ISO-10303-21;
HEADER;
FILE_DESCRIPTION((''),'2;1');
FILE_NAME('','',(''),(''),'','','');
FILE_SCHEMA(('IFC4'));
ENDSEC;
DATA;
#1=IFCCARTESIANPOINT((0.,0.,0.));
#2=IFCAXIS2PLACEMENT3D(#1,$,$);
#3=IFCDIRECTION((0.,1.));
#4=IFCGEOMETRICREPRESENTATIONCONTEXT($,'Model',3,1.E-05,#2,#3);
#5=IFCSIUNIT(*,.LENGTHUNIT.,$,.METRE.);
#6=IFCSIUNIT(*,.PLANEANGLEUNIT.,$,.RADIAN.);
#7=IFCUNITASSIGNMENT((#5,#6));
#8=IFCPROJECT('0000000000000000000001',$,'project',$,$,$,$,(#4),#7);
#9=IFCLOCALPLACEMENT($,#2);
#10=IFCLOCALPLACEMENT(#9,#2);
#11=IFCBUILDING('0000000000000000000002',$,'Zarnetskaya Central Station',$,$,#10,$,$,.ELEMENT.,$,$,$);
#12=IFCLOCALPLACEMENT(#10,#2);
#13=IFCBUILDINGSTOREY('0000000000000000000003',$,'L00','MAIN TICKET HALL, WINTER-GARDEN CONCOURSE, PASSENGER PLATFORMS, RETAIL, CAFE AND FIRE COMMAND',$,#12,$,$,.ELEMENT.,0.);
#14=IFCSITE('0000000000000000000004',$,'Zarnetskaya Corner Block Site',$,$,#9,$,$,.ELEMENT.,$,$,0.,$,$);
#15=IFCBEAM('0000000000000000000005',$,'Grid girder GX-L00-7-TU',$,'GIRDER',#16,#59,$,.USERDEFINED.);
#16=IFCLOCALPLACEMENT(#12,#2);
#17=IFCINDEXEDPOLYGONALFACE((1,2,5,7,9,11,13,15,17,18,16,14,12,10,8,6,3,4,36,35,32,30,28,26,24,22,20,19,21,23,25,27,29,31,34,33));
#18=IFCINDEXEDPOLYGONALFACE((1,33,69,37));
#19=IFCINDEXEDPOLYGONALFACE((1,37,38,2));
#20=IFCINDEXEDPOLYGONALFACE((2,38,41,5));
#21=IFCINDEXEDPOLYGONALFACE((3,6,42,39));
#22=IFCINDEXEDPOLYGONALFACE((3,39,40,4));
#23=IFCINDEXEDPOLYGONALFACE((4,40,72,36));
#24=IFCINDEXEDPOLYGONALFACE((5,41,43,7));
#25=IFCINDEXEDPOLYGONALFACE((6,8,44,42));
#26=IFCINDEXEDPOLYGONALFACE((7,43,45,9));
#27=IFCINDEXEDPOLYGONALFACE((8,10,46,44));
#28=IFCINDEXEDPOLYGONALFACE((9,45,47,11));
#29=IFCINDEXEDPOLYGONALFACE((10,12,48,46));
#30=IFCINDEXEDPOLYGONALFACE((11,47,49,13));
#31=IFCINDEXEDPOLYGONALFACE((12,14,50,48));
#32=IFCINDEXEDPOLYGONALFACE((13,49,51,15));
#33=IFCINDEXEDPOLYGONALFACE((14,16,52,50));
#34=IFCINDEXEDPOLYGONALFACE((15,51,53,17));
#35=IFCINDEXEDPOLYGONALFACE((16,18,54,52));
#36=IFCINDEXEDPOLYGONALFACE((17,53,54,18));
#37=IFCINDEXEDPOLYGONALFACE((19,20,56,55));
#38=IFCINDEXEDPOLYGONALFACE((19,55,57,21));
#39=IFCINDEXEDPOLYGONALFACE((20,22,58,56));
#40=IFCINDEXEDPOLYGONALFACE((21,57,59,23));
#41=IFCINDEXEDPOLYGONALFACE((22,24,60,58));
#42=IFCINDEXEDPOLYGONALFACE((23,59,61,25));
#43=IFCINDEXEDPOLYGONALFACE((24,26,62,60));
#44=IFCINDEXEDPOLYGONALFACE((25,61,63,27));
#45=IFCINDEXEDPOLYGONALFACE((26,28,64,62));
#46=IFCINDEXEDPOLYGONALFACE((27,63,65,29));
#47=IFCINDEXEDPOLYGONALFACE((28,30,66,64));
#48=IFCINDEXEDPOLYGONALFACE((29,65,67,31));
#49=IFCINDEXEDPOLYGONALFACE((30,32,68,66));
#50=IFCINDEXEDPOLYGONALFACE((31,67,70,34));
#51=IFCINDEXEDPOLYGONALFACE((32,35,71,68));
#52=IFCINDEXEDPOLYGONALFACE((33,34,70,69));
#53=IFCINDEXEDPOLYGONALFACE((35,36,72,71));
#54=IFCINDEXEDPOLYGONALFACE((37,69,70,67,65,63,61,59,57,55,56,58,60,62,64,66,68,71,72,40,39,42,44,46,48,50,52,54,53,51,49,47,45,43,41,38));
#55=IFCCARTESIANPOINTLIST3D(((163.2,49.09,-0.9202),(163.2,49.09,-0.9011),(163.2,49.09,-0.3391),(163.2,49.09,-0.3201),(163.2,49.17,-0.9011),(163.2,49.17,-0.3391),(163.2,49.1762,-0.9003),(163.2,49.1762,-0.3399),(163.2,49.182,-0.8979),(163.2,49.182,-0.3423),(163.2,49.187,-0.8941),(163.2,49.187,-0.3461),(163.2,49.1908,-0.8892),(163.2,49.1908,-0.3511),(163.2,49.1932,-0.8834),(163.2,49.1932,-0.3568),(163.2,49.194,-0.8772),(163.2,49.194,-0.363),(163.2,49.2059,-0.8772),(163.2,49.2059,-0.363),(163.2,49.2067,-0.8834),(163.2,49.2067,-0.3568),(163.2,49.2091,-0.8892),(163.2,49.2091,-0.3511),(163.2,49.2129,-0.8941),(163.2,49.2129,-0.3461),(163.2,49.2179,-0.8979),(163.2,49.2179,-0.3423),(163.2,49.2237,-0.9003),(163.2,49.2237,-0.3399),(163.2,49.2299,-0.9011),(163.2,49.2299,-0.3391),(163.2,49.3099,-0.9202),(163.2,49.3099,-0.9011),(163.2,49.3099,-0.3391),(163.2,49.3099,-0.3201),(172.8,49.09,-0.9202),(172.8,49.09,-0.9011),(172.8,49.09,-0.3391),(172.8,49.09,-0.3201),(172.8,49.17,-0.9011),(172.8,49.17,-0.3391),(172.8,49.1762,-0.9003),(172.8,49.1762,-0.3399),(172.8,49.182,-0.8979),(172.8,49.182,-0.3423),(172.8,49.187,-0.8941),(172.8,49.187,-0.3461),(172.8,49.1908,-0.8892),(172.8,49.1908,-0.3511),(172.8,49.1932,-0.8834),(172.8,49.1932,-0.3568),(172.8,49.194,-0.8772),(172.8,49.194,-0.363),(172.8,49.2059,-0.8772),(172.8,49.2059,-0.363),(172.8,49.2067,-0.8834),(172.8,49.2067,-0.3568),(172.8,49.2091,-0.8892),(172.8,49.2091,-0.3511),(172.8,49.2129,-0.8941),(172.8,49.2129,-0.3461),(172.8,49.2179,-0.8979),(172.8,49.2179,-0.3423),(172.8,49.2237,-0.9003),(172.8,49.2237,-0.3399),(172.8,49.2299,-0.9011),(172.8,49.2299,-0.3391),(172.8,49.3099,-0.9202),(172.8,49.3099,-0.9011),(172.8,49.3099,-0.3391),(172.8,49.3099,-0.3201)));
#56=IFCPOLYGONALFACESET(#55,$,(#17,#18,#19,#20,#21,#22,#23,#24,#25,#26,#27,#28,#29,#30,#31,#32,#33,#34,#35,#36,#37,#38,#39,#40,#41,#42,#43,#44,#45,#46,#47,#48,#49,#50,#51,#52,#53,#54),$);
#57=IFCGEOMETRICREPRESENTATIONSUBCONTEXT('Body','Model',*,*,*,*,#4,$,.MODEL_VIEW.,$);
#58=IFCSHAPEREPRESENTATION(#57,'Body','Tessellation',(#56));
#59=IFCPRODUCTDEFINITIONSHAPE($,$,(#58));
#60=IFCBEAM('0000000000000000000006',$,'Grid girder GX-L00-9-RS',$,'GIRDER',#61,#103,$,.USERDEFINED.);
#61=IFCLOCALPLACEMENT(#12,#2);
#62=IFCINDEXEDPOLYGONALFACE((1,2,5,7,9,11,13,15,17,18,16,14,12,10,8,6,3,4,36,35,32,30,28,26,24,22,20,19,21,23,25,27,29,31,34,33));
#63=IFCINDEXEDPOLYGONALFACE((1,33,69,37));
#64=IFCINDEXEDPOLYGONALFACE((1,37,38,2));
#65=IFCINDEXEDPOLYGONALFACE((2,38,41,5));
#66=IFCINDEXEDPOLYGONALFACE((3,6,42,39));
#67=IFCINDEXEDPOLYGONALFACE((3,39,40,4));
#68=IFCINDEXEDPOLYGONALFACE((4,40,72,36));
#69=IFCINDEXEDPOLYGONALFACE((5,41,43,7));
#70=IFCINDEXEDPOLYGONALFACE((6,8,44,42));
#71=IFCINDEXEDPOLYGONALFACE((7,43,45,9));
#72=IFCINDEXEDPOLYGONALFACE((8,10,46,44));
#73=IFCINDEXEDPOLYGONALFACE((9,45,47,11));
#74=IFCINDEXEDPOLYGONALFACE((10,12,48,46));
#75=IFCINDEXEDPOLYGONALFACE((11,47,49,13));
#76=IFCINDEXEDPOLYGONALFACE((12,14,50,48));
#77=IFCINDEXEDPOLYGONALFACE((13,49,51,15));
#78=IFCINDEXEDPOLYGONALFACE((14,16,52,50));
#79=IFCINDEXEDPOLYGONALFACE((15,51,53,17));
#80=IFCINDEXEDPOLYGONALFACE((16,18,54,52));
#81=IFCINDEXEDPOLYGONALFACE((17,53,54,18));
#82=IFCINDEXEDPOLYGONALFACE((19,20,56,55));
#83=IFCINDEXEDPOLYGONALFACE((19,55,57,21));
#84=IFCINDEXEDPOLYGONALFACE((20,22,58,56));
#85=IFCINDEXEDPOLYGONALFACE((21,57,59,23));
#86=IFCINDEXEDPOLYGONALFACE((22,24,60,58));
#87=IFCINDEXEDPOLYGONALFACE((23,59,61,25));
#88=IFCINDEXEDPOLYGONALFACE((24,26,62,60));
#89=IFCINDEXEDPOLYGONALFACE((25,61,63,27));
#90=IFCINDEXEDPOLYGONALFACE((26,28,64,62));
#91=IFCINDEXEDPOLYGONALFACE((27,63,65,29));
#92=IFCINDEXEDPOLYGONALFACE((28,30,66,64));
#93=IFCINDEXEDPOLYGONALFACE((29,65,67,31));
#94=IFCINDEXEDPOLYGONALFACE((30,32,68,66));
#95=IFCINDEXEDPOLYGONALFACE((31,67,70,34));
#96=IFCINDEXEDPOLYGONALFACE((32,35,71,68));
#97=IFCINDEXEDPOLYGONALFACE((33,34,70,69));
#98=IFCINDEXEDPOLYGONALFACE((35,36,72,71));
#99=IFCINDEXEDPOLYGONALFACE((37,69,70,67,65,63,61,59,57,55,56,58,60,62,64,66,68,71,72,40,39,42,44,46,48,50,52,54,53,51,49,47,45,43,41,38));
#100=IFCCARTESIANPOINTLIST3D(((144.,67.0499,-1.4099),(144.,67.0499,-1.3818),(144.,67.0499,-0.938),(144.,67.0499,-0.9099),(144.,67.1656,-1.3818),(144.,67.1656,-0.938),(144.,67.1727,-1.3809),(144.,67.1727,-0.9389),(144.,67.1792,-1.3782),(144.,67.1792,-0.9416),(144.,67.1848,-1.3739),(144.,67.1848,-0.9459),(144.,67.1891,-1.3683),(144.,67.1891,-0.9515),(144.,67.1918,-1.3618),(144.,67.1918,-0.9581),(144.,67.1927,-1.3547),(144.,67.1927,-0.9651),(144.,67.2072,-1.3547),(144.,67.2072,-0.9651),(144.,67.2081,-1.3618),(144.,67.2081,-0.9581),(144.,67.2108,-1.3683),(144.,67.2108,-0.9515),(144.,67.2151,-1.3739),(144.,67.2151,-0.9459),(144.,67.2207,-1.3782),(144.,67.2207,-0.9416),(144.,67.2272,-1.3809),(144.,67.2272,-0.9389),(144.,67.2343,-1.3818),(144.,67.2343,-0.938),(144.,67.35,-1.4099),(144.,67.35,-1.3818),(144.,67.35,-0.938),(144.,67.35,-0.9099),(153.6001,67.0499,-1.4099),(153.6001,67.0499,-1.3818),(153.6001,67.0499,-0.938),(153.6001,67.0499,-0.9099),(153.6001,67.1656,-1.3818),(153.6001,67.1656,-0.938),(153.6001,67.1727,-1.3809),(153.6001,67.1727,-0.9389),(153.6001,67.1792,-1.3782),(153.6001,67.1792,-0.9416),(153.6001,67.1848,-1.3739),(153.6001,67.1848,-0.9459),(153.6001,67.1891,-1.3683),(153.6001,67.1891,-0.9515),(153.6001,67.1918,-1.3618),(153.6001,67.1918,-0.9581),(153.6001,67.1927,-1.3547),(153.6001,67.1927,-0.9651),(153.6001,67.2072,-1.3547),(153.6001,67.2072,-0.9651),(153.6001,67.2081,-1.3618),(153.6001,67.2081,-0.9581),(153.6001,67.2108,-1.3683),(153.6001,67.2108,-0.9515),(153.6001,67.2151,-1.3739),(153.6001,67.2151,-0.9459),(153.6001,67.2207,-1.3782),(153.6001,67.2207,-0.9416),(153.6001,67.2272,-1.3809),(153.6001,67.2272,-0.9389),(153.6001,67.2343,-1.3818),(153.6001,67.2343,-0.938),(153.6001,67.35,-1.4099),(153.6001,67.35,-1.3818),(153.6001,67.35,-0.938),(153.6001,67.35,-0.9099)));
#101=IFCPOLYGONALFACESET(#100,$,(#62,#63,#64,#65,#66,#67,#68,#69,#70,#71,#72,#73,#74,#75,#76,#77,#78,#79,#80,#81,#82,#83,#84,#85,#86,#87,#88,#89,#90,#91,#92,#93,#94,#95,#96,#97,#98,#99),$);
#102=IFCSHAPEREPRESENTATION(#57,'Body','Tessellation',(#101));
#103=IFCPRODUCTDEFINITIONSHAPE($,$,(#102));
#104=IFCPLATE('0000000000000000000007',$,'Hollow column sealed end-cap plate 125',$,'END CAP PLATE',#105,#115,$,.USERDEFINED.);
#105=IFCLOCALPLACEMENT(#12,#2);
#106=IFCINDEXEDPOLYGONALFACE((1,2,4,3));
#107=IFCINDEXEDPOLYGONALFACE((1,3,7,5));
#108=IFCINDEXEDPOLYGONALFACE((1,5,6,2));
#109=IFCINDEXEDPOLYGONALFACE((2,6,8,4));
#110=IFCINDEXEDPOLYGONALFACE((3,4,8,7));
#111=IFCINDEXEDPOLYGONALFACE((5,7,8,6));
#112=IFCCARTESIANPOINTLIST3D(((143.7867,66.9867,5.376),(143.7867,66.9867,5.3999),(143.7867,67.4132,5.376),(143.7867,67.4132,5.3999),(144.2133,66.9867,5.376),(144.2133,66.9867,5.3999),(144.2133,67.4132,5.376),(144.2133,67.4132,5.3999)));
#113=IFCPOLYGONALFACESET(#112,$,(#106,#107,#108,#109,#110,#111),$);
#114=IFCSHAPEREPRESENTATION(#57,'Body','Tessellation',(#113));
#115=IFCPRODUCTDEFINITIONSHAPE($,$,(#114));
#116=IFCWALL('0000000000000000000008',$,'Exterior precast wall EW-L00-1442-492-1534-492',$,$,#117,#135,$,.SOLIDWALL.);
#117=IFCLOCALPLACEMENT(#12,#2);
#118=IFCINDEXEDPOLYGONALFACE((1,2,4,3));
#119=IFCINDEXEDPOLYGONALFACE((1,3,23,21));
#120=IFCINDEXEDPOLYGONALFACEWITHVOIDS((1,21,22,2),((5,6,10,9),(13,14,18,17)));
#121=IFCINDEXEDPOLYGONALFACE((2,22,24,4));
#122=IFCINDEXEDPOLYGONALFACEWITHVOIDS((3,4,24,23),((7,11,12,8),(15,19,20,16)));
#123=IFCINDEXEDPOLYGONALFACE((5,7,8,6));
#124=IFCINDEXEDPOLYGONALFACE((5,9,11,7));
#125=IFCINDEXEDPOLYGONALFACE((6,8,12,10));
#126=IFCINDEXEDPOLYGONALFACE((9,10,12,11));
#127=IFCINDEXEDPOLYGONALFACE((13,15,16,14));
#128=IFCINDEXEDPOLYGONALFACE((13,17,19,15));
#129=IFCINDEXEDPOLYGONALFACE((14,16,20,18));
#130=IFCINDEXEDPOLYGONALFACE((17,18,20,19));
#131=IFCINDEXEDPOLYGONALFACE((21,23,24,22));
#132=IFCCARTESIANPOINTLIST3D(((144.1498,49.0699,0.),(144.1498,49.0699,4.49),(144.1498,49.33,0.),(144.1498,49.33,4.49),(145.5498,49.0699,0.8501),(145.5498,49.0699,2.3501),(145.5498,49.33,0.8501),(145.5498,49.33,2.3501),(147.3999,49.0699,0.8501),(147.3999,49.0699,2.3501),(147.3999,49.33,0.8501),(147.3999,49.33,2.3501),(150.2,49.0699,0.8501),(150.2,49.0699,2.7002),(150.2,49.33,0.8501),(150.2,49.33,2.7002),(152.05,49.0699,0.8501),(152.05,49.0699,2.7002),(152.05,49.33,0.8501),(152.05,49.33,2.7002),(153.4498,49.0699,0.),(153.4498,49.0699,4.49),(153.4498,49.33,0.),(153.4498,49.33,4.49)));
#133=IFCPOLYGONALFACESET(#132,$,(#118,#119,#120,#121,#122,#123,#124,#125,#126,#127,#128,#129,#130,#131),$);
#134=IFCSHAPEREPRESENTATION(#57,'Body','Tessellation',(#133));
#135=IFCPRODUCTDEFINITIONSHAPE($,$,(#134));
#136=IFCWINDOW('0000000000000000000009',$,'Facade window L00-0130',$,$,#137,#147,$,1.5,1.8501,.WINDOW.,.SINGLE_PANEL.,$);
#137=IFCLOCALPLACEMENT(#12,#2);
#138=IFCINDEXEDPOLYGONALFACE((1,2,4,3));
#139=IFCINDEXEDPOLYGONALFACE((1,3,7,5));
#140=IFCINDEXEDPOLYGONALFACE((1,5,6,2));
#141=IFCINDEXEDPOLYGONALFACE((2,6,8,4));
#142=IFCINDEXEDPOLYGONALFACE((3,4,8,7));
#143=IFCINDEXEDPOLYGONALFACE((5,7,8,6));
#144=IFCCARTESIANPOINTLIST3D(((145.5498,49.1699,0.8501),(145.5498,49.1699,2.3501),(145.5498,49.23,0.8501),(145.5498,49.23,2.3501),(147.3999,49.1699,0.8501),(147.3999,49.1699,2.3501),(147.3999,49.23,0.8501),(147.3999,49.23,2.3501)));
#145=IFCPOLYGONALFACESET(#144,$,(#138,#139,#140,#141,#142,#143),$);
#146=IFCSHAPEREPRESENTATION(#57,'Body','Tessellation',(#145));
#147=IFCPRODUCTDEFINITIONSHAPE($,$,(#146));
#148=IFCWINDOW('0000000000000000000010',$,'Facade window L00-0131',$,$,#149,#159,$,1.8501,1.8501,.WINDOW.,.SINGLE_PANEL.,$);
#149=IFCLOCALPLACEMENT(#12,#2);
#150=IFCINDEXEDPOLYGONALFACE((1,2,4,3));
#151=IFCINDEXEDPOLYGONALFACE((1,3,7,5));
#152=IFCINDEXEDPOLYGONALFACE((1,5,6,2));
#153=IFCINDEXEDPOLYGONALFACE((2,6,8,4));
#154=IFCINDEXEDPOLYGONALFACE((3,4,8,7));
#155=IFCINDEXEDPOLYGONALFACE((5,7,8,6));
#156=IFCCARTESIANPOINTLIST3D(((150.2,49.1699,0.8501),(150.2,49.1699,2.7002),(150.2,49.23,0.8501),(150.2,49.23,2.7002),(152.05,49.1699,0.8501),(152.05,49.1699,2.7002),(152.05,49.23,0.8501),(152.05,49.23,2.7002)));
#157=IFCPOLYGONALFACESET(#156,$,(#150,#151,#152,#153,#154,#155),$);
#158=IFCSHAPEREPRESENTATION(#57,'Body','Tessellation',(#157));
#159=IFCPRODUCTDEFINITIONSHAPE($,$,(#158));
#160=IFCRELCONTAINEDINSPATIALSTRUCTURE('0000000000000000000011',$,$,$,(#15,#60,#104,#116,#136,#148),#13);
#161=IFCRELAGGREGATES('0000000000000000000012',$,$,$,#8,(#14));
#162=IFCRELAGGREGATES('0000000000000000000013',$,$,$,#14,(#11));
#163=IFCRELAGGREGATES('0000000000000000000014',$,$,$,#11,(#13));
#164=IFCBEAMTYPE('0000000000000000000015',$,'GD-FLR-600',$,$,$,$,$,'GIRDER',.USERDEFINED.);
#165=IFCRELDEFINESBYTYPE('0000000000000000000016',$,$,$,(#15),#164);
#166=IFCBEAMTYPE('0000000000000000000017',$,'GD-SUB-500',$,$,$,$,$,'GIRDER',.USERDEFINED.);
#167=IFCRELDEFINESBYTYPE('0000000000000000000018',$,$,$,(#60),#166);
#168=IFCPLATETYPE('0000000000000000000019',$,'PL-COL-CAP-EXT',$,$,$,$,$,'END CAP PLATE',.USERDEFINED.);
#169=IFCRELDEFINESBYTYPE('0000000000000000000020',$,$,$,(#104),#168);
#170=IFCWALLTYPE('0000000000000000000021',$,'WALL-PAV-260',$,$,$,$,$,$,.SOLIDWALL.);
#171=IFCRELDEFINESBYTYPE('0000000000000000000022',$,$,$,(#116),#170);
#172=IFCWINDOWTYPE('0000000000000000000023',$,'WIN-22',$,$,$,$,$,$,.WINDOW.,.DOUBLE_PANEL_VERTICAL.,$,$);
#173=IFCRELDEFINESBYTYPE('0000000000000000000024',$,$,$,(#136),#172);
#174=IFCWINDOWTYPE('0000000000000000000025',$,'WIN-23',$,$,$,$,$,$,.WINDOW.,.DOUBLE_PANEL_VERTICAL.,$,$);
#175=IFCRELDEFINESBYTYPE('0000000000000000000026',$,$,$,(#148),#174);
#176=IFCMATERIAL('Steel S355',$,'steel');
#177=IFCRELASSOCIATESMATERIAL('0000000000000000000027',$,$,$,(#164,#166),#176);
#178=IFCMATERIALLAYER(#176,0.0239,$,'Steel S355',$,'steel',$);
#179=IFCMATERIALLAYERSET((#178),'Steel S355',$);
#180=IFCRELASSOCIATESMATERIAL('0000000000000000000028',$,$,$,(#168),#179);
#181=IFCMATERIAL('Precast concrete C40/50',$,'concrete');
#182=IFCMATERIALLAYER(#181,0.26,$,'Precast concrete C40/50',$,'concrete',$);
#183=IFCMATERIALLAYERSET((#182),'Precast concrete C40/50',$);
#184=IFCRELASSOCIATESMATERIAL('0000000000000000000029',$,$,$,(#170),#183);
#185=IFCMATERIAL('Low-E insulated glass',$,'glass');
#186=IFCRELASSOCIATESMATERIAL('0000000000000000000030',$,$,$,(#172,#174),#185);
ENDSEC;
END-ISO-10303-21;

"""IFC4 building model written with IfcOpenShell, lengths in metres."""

from ifc_helpers import new_model, si_unit, direction, frame, frame_2d, origin, origin_2d, place, context, subcontext, project, spatial, rectangle, i_section, extrude, material, layer, layer_set, material_profile, profile_set, type_object, element, fill, save


model = new_model("IFC4")

# Units and contexts
model_context = context("Model", 3, precision=1e-05, world=origin(), true_north=direction((0.0, 1.0)))
body_context = subcontext(model_context, "Body", "Model", "MODEL_VIEW")
ifc_project = project(units=[si_unit("LENGTHUNIT", "METRE"), si_unit("PLANEANGLEUNIT", "RADIAN")], contexts=[model_context])

# Site, building, storey
site_placement = place(None, origin())
site = spatial("IfcSite", under=ifc_project, at=site_placement, Name="Zarnetskaya Corner Block Site", CompositionType="ELEMENT", RefElevation=0.0)
building_placement = place(site_placement, origin())
building = spatial("IfcBuilding", under=site, at=building_placement, Name="Zarnetskaya Central Station", CompositionType="ELEMENT")
storey_placement = place(building_placement, origin())
storey = spatial("IfcBuildingStorey", under=building, at=storey_placement, Name="L00", Description="MAIN TICKET HALL, WINTER-GARDEN CONCOURSE, PASSENGER PLATFORMS, RETAIL, CAFE AND FIRE COMMAND", CompositionType="ELEMENT", Elevation=0.0)

# Shared definitions
ifc_material_1 = material(Name="Steel S355", Category="steel")

# Beams
ifc_material_profile_1 = material_profile(ifc_material_1, i_section(OverallWidth=0.22, OverallDepth=0.6001, WebThickness=0.012, FlangeThickness=0.019, FilletRadius=0.0239, at=origin_2d()), Name="IPE 600")
ifc_profile_set_1 = profile_set([ifc_material_profile_1], Name="Steel S355")
beam_type_1 = type_object("IfcBeamType", Name="GD-FLR-600", ElementType="GIRDER", PredefinedType="USERDEFINED", material=ifc_profile_set_1)
for number, where, z_axis, x_axis, name in (
    (1, (163.2, 49.2, -0.6201), (1.0, 0.0, 0.0), (0.0, 1.0, 0.0), "Grid girder GX-L00-7-TU"),
):
    element("IfcBeam", number, at=place(storey_placement, frame(where, z_axis=z_axis, x_axis=x_axis)), inside=storey, type_object=beam_type_1, Name=name, ObjectType="GIRDER", PredefinedType="USERDEFINED", context=body_context, shape_type="SweptSolid", body=[
        extrude(i_section(OverallWidth=0.22, OverallDepth=0.6001, WebThickness=0.012, FlangeThickness=0.019, FilletRadius=0.0239, at=origin_2d()), origin(), (0.0, 0.0, 1.0), 9.6001),
    ])
ifc_material_profile_2 = material_profile(ifc_material_1, i_section(OverallWidth=0.3, OverallDepth=0.5, WebThickness=0.0144, FlangeThickness=0.0281, FilletRadius=0.0271, at=origin_2d()), Name="HEB 500")
ifc_profile_set_2 = profile_set([ifc_material_profile_2], Name="Steel S355")
beam_type_2 = type_object("IfcBeamType", Name="GD-SUB-500", ElementType="GIRDER", PredefinedType="USERDEFINED", material=ifc_profile_set_2)
beam_1_placement = place(storey_placement, frame((144.0, 67.2, -1.1599), z_axis=(1.0, 0.0, 0.0), x_axis=(0.0, 1.0, 0.0)))
element("IfcBeam", 2, at=beam_1_placement, inside=storey, type_object=beam_type_2, Name="Grid girder GX-L00-9-RS", ObjectType="GIRDER", PredefinedType="USERDEFINED", context=body_context, shape_type="SweptSolid", body=[
    extrude(i_section(OverallWidth=0.3, OverallDepth=0.5, WebThickness=0.0144, FlangeThickness=0.0281, FilletRadius=0.0271, at=origin_2d()), origin(), (0.0, 0.0, 1.0), 9.6001),
])

# Plate
ifc_layer_1 = layer(ifc_material_1, 0.0239, Name="Steel S355", Category="steel")
ifc_layer_set_1 = layer_set([ifc_layer_1], Name="Steel S355")
plate_type = type_object("IfcPlateType", Name="PL-COL-CAP-EXT", ElementType="END CAP PLATE", PredefinedType="USERDEFINED", material=ifc_layer_set_1)
plate_placement = place(storey_placement, frame((144.0, 67.2, 5.376), z_axis=(0.0, 0.0, 1.0), x_axis=(1.0, 0.0, 0.0)))
element("IfcPlate", 3, at=plate_placement, inside=storey, type_object=plate_type, Name="Hollow column sealed end-cap plate 125", ObjectType="END CAP PLATE", PredefinedType="USERDEFINED", context=body_context, shape_type="SweptSolid", body=[
    extrude(rectangle(XDim=0.4265, YDim=0.4265, at=origin_2d()), origin(), (0.0, 0.0, 1.0), 0.0239),
])

# Wall, openings, windows
ifc_material_2 = material(Name="Precast concrete C40/50", Category="concrete")
ifc_layer_2 = layer(ifc_material_2, 0.26, Name="Precast concrete C40/50", Category="concrete")
ifc_layer_set_2 = layer_set([ifc_layer_2], Name="Precast concrete C40/50")
wall_type = type_object("IfcWallType", Name="WALL-PAV-260", PredefinedType="SOLIDWALL", material=ifc_layer_set_2)
wall_1_placement = place(storey_placement, frame((144.1499, 49.2, 0.0), z_axis=(0.0, 0.0, 1.0), x_axis=(1.0, 0.0, 0.0)))
wall_1 = element("IfcWall", 4, at=wall_1_placement, inside=storey, type_object=wall_type, Name="Exterior precast wall EW-L00-1442-492-1534-492", PredefinedType="SOLIDWALL", context=body_context, shape_type="SweptSolid", body=[
    extrude(rectangle(XDim=9.3, YDim=0.26, at=frame_2d((4.6499, 0.0))), origin(), (0.0, 0.0, 1.0), 4.49),
])
opening_1_placement = place(wall_1_placement, frame((1.3999, 0.0, 0.8501)))
opening_1 = element("IfcOpeningElement", 5, at=opening_1_placement, cuts=wall_1, PredefinedType="OPENING", context=body_context, shape_type="SweptSolid", body=[
    extrude(rectangle(XDim=1.8501, YDim=1.5, at=frame_2d((0.925, 0.75))), frame((0.0, 0.1401, 0.0), z_axis=(0.0, -1.0, 0.0), x_axis=(1.0, 0.0, 0.0)), (0.0, 0.0, 1.0), 0.28),
])
opening_2_placement = place(wall_1_placement, frame((6.05, 0.0, 0.8501)))
opening_2 = element("IfcOpeningElement", 6, at=opening_2_placement, cuts=wall_1, PredefinedType="OPENING", context=body_context, shape_type="SweptSolid", body=[
    extrude(rectangle(XDim=1.8501, YDim=1.8501, at=frame_2d((0.925, 0.925))), frame((0.0, 0.1401, 0.0), z_axis=(0.0, -1.0, 0.0), x_axis=(1.0, 0.0, 0.0)), (0.0, 0.0, 1.0), 0.28),
])
ifc_material_3 = material(Name="Low-E insulated glass", Category="glass")
window_type_1 = type_object("IfcWindowType", Name="WIN-22", PartitioningType="DOUBLE_PANEL_VERTICAL", PredefinedType="WINDOW", material=ifc_material_3)
window_1_placement = place(opening_1_placement, origin())
window_1 = element("IfcWindow", 7, at=window_1_placement, inside=storey, type_object=window_type_1, Name="Facade window L00-0130", OverallHeight=1.5, OverallWidth=1.8501, PartitioningType="SINGLE_PANEL", PredefinedType="WINDOW", context=body_context, shape_type="SweptSolid", body=[
    extrude(rectangle(XDim=1.8501, YDim=1.5, at=frame_2d((0.925, 0.75))), frame((0.0, 0.03, 0.0), z_axis=(0.0, -1.0, 0.0), x_axis=(1.0, 0.0, 0.0)), (0.0, 0.0, 1.0), 0.0601),
])
fill(opening_1, window_1)
window_type_2 = type_object("IfcWindowType", Name="WIN-23", PartitioningType="DOUBLE_PANEL_VERTICAL", PredefinedType="WINDOW", material=ifc_material_3)
window_2_placement = place(opening_2_placement, origin())
window_2 = element("IfcWindow", 8, at=window_2_placement, inside=storey, type_object=window_type_2, Name="Facade window L00-0131", OverallHeight=1.8501, OverallWidth=1.8501, PartitioningType="SINGLE_PANEL", PredefinedType="WINDOW", context=body_context, shape_type="SweptSolid", body=[
    extrude(rectangle(XDim=1.8501, YDim=1.8501, at=frame_2d((0.925, 0.925))), frame((0.0, 0.03, 0.0), z_axis=(0.0, -1.0, 0.0), x_axis=(1.0, 0.0, 0.0)), (0.0, 0.0, 1.0), 0.0601),
])
fill(opening_2, window_2)

save(model, "model.ifc")
